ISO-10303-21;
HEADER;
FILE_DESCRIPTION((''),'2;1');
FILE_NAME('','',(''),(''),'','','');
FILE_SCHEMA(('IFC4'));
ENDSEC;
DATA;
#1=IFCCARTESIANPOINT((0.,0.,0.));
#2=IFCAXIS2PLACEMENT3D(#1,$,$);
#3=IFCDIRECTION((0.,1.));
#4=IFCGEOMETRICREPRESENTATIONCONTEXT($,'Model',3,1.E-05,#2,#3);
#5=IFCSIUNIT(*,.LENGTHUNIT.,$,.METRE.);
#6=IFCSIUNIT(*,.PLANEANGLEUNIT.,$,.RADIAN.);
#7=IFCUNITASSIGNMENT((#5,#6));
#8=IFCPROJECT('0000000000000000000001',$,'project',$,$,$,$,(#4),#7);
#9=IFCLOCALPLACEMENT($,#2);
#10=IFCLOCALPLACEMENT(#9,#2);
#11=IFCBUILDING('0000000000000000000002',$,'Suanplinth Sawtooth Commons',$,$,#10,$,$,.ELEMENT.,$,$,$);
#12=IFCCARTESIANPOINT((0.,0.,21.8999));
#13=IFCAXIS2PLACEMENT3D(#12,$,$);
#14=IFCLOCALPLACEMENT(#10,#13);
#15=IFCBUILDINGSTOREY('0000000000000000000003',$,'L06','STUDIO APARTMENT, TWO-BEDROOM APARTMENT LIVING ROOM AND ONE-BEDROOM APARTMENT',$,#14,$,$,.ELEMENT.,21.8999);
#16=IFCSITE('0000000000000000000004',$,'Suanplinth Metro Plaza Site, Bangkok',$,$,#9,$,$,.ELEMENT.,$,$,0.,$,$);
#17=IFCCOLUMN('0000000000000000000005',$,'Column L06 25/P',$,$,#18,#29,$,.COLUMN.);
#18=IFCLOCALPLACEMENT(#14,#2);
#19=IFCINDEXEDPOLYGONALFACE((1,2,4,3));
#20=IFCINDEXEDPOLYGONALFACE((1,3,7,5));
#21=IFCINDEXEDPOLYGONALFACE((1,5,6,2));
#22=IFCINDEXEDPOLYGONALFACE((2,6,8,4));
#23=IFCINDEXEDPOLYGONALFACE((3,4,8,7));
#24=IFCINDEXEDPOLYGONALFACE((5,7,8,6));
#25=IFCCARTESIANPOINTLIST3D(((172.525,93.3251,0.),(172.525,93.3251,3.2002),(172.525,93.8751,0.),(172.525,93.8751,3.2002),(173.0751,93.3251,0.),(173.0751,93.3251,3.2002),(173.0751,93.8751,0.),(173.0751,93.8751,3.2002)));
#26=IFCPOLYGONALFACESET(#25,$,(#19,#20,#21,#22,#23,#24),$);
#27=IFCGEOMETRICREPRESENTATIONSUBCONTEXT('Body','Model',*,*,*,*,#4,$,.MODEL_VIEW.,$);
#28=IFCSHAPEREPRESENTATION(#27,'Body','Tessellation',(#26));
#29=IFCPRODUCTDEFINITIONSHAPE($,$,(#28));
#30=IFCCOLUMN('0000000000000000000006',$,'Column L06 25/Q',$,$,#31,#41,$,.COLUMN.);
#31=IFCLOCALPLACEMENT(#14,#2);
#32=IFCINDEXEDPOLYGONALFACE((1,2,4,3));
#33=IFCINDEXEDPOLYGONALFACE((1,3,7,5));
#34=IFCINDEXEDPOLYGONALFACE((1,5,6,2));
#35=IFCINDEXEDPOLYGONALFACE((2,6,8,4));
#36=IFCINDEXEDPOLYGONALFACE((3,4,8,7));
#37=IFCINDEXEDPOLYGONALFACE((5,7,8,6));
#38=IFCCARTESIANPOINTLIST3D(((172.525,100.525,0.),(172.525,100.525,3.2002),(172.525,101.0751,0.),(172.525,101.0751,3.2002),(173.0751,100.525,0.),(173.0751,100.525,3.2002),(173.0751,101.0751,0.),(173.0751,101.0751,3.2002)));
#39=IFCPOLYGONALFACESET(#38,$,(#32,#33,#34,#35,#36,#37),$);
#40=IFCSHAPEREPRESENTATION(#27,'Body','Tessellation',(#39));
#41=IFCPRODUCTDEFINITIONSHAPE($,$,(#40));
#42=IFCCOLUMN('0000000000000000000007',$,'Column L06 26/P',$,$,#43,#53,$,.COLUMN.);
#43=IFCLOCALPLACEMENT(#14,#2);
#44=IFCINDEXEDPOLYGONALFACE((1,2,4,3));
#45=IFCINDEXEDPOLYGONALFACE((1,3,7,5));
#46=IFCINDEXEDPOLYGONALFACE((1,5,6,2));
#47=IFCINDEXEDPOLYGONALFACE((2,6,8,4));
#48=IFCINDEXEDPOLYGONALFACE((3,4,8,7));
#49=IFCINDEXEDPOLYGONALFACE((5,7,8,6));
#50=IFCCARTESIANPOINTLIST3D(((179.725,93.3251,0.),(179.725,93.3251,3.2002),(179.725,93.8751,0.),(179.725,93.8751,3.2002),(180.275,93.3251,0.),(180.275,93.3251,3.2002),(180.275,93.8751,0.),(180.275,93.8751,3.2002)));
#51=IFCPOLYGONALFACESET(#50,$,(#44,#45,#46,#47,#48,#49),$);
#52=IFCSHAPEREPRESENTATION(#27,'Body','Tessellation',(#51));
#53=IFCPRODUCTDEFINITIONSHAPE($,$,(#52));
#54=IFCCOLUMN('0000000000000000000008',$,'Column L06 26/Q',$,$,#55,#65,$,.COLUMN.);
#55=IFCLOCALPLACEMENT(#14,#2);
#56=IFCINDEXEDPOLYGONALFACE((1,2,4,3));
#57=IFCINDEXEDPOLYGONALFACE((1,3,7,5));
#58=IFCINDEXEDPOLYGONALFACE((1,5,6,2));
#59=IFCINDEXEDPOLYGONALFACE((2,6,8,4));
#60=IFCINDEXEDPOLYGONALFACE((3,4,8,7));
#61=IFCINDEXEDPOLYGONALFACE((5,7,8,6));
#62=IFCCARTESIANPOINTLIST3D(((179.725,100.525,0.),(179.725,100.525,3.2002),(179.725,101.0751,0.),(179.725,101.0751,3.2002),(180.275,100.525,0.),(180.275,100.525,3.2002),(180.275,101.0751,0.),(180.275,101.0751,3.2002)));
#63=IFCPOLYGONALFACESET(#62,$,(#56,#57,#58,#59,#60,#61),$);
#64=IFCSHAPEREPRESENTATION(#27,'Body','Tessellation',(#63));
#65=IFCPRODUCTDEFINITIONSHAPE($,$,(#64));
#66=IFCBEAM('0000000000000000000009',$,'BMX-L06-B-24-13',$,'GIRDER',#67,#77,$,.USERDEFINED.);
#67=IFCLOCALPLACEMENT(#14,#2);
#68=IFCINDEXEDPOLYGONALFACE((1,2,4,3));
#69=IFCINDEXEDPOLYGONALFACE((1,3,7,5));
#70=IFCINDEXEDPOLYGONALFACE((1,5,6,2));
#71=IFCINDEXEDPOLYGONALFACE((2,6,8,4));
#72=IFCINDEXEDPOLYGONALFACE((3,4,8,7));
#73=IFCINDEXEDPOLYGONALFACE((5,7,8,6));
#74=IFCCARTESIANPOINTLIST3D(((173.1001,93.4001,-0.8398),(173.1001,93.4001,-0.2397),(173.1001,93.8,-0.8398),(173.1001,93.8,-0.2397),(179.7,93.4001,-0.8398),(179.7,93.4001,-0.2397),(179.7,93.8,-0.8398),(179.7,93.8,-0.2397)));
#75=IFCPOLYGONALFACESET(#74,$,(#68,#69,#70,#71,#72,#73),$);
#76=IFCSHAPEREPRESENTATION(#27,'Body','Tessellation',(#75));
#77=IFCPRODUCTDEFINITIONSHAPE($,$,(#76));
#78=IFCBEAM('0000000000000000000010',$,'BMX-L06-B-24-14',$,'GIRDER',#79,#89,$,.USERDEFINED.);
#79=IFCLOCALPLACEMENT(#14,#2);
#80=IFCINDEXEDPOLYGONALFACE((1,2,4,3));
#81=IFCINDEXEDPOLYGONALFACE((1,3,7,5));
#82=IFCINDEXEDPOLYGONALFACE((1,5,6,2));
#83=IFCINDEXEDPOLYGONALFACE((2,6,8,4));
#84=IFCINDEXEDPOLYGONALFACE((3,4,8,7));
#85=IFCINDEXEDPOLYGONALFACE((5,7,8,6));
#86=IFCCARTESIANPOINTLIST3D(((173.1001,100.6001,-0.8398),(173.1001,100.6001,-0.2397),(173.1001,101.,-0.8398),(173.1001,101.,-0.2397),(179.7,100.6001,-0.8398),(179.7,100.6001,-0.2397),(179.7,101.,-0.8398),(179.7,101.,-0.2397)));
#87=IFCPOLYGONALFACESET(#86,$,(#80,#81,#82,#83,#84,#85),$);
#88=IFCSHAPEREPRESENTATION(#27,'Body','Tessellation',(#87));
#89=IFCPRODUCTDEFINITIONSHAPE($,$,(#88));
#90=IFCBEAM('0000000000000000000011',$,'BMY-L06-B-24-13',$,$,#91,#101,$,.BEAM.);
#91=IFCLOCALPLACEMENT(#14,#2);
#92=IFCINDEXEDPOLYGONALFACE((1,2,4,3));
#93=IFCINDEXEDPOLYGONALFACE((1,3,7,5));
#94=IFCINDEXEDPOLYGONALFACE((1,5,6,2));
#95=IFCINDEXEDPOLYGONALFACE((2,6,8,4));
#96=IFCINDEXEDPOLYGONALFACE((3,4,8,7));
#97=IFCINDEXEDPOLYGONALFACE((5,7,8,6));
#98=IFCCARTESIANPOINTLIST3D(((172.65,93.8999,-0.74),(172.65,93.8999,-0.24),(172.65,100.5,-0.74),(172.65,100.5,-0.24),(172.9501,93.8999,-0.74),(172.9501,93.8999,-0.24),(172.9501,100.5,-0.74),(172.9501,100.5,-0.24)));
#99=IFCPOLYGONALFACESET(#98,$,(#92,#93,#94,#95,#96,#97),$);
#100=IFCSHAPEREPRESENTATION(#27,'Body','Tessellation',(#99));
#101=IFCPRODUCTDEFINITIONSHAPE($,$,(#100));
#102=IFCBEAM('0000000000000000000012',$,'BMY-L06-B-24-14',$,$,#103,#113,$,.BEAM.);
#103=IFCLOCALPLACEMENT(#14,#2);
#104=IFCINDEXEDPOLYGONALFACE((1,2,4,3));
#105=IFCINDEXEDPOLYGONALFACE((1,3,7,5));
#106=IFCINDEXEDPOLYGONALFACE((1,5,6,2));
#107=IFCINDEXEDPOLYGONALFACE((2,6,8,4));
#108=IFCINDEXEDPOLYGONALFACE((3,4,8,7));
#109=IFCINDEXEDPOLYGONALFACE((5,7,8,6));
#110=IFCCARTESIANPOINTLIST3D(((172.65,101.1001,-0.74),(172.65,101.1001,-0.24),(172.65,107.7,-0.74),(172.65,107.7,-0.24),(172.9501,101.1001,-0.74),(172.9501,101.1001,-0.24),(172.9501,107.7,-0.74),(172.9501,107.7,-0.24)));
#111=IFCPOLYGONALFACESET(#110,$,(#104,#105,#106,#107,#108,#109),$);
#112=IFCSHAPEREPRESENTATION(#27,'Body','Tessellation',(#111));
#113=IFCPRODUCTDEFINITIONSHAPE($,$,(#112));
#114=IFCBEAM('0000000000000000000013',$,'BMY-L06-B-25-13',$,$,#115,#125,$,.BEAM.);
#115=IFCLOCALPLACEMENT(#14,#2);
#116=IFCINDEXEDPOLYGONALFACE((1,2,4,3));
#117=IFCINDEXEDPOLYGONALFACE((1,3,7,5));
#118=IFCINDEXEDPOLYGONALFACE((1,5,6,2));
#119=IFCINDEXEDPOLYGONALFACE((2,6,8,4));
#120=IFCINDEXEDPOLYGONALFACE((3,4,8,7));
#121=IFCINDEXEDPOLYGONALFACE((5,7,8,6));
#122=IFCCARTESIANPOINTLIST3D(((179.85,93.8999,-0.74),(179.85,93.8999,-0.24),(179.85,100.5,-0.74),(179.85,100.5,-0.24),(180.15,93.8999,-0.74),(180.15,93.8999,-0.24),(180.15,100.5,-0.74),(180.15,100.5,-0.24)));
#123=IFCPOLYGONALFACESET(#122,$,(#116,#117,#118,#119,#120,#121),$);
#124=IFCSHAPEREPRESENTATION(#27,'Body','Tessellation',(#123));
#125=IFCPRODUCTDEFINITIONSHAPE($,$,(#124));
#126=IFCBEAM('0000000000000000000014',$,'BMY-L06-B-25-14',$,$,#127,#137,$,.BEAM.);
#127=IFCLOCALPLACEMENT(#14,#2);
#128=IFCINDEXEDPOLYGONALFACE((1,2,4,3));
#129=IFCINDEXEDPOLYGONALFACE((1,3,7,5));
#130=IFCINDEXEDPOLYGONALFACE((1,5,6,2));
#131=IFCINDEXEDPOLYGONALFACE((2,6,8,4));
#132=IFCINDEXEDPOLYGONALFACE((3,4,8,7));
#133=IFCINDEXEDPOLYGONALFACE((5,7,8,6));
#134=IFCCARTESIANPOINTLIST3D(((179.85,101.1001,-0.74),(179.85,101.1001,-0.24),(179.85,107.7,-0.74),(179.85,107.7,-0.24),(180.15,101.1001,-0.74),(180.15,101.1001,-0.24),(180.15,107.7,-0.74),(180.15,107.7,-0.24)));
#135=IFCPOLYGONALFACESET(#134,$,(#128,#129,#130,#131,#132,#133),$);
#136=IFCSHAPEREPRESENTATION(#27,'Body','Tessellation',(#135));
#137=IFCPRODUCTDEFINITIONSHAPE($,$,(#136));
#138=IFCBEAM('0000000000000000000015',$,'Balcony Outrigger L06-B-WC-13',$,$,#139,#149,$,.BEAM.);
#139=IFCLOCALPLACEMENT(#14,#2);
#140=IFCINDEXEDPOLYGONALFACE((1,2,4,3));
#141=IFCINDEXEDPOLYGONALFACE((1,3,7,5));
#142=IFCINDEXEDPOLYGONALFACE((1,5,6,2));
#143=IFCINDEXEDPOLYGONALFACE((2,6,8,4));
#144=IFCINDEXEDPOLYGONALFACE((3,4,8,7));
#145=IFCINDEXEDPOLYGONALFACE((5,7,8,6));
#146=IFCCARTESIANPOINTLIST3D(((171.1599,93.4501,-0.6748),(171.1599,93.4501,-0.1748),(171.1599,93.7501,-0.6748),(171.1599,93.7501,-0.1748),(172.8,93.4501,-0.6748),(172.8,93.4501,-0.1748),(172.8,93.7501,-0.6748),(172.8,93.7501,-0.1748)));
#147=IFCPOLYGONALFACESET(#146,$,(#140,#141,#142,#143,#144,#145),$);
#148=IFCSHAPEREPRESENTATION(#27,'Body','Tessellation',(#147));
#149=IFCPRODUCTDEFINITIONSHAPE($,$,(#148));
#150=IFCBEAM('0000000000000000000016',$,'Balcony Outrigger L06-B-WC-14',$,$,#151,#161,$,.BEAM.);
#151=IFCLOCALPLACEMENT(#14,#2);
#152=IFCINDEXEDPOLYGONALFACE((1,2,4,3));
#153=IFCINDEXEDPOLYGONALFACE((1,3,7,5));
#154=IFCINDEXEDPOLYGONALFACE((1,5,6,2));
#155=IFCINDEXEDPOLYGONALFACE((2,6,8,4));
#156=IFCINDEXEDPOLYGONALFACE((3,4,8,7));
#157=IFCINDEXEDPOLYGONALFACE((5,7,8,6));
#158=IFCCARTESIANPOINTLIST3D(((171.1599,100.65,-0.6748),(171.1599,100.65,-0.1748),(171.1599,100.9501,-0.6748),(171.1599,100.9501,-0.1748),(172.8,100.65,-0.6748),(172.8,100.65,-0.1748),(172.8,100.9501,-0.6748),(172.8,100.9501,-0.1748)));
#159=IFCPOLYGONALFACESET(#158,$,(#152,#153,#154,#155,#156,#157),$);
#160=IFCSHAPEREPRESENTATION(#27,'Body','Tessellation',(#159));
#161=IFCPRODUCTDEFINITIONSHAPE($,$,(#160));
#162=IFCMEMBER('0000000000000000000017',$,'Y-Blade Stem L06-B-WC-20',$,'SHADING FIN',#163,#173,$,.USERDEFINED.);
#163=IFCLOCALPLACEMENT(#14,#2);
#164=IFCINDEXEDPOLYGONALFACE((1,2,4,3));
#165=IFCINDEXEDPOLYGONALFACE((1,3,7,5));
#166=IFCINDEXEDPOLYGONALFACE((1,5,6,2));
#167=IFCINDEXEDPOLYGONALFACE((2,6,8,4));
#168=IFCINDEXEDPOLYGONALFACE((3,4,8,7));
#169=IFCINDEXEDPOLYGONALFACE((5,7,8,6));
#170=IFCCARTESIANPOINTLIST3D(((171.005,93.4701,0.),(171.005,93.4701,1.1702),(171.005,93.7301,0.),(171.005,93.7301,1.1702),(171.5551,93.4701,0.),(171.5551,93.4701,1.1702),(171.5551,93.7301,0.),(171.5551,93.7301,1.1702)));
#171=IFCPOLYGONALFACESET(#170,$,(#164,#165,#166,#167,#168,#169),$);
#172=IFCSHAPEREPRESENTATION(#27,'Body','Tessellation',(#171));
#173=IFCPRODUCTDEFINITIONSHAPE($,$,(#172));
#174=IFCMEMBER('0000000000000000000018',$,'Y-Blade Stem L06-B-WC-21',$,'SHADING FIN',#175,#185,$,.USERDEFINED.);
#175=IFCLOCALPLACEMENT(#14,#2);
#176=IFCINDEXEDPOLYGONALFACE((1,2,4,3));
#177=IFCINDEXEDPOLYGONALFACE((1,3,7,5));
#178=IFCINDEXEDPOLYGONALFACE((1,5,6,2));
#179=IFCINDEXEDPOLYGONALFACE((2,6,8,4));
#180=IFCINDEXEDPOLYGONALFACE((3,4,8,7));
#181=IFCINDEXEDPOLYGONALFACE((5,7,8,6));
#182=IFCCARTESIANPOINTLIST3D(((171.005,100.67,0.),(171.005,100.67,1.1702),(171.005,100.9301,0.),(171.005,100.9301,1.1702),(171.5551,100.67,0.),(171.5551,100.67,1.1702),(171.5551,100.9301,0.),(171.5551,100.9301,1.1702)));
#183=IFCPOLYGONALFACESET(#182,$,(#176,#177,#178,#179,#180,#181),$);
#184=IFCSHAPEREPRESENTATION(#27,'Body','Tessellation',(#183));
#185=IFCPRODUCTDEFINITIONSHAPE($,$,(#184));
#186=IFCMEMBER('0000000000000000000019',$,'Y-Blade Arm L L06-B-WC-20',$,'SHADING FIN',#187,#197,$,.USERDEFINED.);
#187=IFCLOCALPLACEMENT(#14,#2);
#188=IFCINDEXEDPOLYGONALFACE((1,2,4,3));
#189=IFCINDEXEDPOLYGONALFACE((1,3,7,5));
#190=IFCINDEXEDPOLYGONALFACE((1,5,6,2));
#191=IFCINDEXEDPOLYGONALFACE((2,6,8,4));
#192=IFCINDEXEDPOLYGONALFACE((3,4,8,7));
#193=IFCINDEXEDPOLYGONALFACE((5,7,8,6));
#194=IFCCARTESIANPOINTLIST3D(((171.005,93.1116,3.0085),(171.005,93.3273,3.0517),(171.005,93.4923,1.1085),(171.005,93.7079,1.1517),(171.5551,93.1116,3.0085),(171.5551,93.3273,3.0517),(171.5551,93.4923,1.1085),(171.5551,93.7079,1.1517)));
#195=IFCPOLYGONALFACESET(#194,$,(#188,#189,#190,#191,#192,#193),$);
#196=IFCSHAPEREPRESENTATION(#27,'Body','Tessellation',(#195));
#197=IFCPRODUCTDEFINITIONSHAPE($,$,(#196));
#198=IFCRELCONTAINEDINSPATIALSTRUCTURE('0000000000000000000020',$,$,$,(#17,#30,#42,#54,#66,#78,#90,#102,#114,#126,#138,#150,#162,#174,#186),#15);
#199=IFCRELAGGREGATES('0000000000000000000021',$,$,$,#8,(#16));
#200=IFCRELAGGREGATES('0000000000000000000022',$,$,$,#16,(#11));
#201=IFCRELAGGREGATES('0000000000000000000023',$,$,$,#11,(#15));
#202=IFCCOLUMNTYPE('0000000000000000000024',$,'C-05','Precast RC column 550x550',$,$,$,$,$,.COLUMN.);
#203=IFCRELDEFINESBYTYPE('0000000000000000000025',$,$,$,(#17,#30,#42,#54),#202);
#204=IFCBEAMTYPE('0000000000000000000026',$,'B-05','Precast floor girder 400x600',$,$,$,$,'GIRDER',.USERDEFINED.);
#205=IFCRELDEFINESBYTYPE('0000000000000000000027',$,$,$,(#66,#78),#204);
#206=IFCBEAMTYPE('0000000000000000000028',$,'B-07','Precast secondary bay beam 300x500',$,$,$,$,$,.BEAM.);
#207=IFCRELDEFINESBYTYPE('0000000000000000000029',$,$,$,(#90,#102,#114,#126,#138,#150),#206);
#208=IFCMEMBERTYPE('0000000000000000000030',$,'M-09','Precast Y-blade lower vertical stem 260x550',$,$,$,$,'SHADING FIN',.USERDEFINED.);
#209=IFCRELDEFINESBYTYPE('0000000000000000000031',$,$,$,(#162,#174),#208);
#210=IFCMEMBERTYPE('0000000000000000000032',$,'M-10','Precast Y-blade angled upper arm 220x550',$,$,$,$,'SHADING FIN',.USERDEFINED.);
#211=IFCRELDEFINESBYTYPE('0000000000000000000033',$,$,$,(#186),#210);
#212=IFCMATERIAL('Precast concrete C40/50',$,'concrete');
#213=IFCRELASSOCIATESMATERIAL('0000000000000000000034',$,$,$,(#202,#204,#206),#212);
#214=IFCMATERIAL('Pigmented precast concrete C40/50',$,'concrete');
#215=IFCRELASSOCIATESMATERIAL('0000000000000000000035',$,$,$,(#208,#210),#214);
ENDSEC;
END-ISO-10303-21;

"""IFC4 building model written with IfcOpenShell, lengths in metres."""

from ifc_helpers import new_model, si_unit, direction, frame, origin, origin_2d, place, context, subcontext, project, spatial, rectangle, extrude, material, material_profile, profile_set, type_object, element, save


model = new_model("IFC4")

# Units and contexts
model_context = context("Model", 3, precision=1e-05, world=origin(), true_north=direction((0.0, 1.0)))
body_context = subcontext(model_context, "Body", "Model", "MODEL_VIEW")
ifc_project = project(units=[si_unit("LENGTHUNIT", "METRE"), si_unit("PLANEANGLEUNIT", "RADIAN")], contexts=[model_context])

# Site, building, storey
site_placement = place(None, origin())
site = spatial("IfcSite", under=ifc_project, at=site_placement, Name="Suanplinth Metro Plaza Site, Bangkok", CompositionType="ELEMENT", RefElevation=0.0)
building_placement = place(site_placement, origin())
building = spatial("IfcBuilding", under=site, at=building_placement, Name="Suanplinth Sawtooth Commons", CompositionType="ELEMENT")
storey_placement = place(building_placement, frame((0.0, 0.0, 21.8999)))
storey = spatial("IfcBuildingStorey", under=building, at=storey_placement, Name="L06", Description="STUDIO APARTMENT, TWO-BEDROOM APARTMENT LIVING ROOM AND ONE-BEDROOM APARTMENT", CompositionType="ELEMENT", Elevation=21.8999)

# Columns
ifc_material_1 = material(Name="Precast concrete C40/50", Category="concrete")
ifc_material_profile_1 = material_profile(ifc_material_1, rectangle(XDim=0.55, YDim=0.55, at=origin_2d()), Name="PC-COL 550x550")
ifc_profile_set_1 = profile_set([ifc_material_profile_1], Name="Precast concrete C40/50")
column_type = type_object("IfcColumnType", Name="C-05", Description="Precast RC column 550x550", PredefinedType="COLUMN", material=ifc_profile_set_1)
for number, where, z_axis, x_axis, name in (
    (1, (172.8, 93.6001, 0.0), (0.0, 0.0, 1.0), (1.0, 0.0, 0.0), "Column L06 25/P"),
    (2, (172.8, 100.8, 0.0), (0.0, 0.0, 1.0), (1.0, 0.0, 0.0), "Column L06 25/Q"),
    (3, (180.0, 93.6001, 0.0), (0.0, 0.0, 1.0), (1.0, 0.0, 0.0), "Column L06 26/P"),
    (4, (180.0, 100.8, 0.0), (0.0, 0.0, 1.0), (1.0, 0.0, 0.0), "Column L06 26/Q"),
):
    element("IfcColumn", number, at=place(storey_placement, frame(where, z_axis=z_axis, x_axis=x_axis)), inside=storey, type_object=column_type, Name=name, PredefinedType="COLUMN", context=body_context, shape_type="SweptSolid", body=[
        extrude(rectangle(XDim=0.55, YDim=0.55, at=origin_2d()), origin(), (0.0, 0.0, 1.0), 3.2002),
    ])

# Beams
ifc_material_profile_2 = material_profile(ifc_material_1, rectangle(XDim=0.3999, YDim=0.6001, at=origin_2d()), Name="PC-GDR 400x600")
ifc_profile_set_2 = profile_set([ifc_material_profile_2], Name="Precast concrete C40/50")
beam_type_1 = type_object("IfcBeamType", Name="B-05", Description="Precast floor girder 400x600", ElementType="GIRDER", PredefinedType="USERDEFINED", material=ifc_profile_set_2)
for number, where, z_axis, x_axis, name in (
    (5, (173.1001, 93.6001, -0.5398), (1.0, 0.0, 0.0), (0.0, 1.0, 0.0), "BMX-L06-B-24-13"),
    (6, (173.1001, 100.8, -0.5398), (1.0, 0.0, 0.0), (0.0, 1.0, 0.0), "BMX-L06-B-24-14"),
):
    element("IfcBeam", number, at=place(storey_placement, frame(where, z_axis=z_axis, x_axis=x_axis)), inside=storey, type_object=beam_type_1, Name=name, ObjectType="GIRDER", PredefinedType="USERDEFINED", context=body_context, shape_type="SweptSolid", body=[
        extrude(rectangle(XDim=0.3999, YDim=0.6001, at=origin_2d()), origin(), (0.0, 0.0, 1.0), 6.5999),
    ])
ifc_material_profile_3 = material_profile(ifc_material_1, rectangle(XDim=0.3, YDim=0.5, at=origin_2d()), Name="PC-BM 300x500")
ifc_profile_set_3 = profile_set([ifc_material_profile_3], Name="Precast concrete C40/50")
beam_type_2 = type_object("IfcBeamType", Name="B-07", Description="Precast secondary bay beam 300x500", PredefinedType="BEAM", material=ifc_profile_set_3)
beam_1_placement = place(storey_placement, frame((172.8, 93.8999, -0.49), z_axis=(0.0, 1.0, 0.0), x_axis=(-1.0, 0.0, 0.0)))
element("IfcBeam", 7, at=beam_1_placement, inside=storey, type_object=beam_type_2, Name="BMY-L06-B-24-13", PredefinedType="BEAM", context=body_context, shape_type="SweptSolid", body=[
    extrude(rectangle(XDim=0.3, YDim=0.5, at=origin_2d()), origin(), (0.0, 0.0, 1.0), 6.6001),
])
beam_2_placement = place(storey_placement, frame((172.8, 101.1001, -0.49), z_axis=(0.0, 1.0, 0.0), x_axis=(-1.0, 0.0, 0.0)))
element("IfcBeam", 8, at=beam_2_placement, inside=storey, type_object=beam_type_2, Name="BMY-L06-B-24-14", PredefinedType="BEAM", context=body_context, shape_type="SweptSolid", body=[
    extrude(rectangle(XDim=0.3, YDim=0.5, at=origin_2d()), origin(), (0.0, 0.0, 1.0), 6.5999),
])
beam_3_placement = place(storey_placement, frame((180.0, 93.8999, -0.49), z_axis=(0.0, 1.0, 0.0), x_axis=(-1.0, 0.0, 0.0)))
element("IfcBeam", 9, at=beam_3_placement, inside=storey, type_object=beam_type_2, Name="BMY-L06-B-25-13", PredefinedType="BEAM", context=body_context, shape_type="SweptSolid", body=[
    extrude(rectangle(XDim=0.3, YDim=0.5, at=origin_2d()), origin(), (0.0, 0.0, 1.0), 6.6001),
])
beam_4_placement = place(storey_placement, frame((180.0, 101.1001, -0.49), z_axis=(0.0, 1.0, 0.0), x_axis=(-1.0, 0.0, 0.0)))
element("IfcBeam", 10, at=beam_4_placement, inside=storey, type_object=beam_type_2, Name="BMY-L06-B-25-14", PredefinedType="BEAM", context=body_context, shape_type="SweptSolid", body=[
    extrude(rectangle(XDim=0.3, YDim=0.5, at=origin_2d()), origin(), (0.0, 0.0, 1.0), 6.5999),
])
for number, where, z_axis, x_axis, name in (
    (11, (172.8, 93.6001, -0.4248), (-1.0, 0.0, 0.0), (0.0, -1.0, 0.0), "Balcony Outrigger L06-B-WC-13"),
    (12, (172.8, 100.8, -0.4248), (-1.0, 0.0, 0.0), (0.0, -1.0, 0.0), "Balcony Outrigger L06-B-WC-14"),
):
    element("IfcBeam", number, at=place(storey_placement, frame(where, z_axis=z_axis, x_axis=x_axis)), inside=storey, type_object=beam_type_2, Name=name, PredefinedType="BEAM", context=body_context, shape_type="SweptSolid", body=[
        extrude(rectangle(XDim=0.3, YDim=0.5, at=origin_2d()), origin(), (0.0, 0.0, 1.0), 1.6401),
    ])

# Members
ifc_material_2 = material(Name="Pigmented precast concrete C40/50", Category="concrete")
ifc_material_profile_4 = material_profile(ifc_material_2, rectangle(XDim=0.26, YDim=0.55, at=origin_2d()), Name="PC-FIN 260x550")
ifc_profile_set_4 = profile_set([ifc_material_profile_4], Name="Pigmented precast concrete C40/50")
member_type_1 = type_object("IfcMemberType", Name="M-09", Description="Precast Y-blade lower vertical stem 260x550", ElementType="SHADING FIN", PredefinedType="USERDEFINED", material=ifc_profile_set_4)
for number, where, z_axis, x_axis, name in (
    (13, (171.28, 93.6001, 0.0), (0.0, 0.0, 1.0), (0.0, 1.0, 0.0), "Y-Blade Stem L06-B-WC-20"),
    (14, (171.28, 100.8, 0.0), (0.0, 0.0, 1.0), (0.0, 1.0, 0.0), "Y-Blade Stem L06-B-WC-21"),
):
    element("IfcMember", number, at=place(storey_placement, frame(where, z_axis=z_axis, x_axis=x_axis)), inside=storey, type_object=member_type_1, Name=name, ObjectType="SHADING FIN", PredefinedType="USERDEFINED", context=body_context, shape_type="SweptSolid", body=[
        extrude(rectangle(XDim=0.26, YDim=0.55, at=origin_2d()), origin(), (0.0, 0.0, 1.0), 1.1702),
    ])
ifc_material_profile_5 = material_profile(ifc_material_2, rectangle(XDim=0.22, YDim=0.55, at=origin_2d()), Name="PC-FIN 220x550")
ifc_profile_set_5 = profile_set([ifc_material_profile_5], Name="Pigmented precast concrete C40/50")
member_type_2 = type_object("IfcMemberType", Name="M-10", Description="Precast Y-blade angled upper arm 220x550", ElementType="SHADING FIN", PredefinedType="USERDEFINED", material=ifc_profile_set_5)
member_1_placement = place(storey_placement, frame((171.28, 93.6001, 1.1301), z_axis=(0.0, -0.196431, 0.980518), x_axis=(0.0, 0.980518, 0.196431)))
element("IfcMember", 15, at=member_1_placement, inside=storey, type_object=member_type_2, Name="Y-Blade Arm L L06-B-WC-20", ObjectType="SHADING FIN", PredefinedType="USERDEFINED", context=body_context, shape_type="SweptSolid", body=[
    extrude(rectangle(XDim=0.22, YDim=0.55, at=origin_2d()), origin(), (0.0, 0.0, 1.0), 1.9377),
])

save(model, "model.ifc")
